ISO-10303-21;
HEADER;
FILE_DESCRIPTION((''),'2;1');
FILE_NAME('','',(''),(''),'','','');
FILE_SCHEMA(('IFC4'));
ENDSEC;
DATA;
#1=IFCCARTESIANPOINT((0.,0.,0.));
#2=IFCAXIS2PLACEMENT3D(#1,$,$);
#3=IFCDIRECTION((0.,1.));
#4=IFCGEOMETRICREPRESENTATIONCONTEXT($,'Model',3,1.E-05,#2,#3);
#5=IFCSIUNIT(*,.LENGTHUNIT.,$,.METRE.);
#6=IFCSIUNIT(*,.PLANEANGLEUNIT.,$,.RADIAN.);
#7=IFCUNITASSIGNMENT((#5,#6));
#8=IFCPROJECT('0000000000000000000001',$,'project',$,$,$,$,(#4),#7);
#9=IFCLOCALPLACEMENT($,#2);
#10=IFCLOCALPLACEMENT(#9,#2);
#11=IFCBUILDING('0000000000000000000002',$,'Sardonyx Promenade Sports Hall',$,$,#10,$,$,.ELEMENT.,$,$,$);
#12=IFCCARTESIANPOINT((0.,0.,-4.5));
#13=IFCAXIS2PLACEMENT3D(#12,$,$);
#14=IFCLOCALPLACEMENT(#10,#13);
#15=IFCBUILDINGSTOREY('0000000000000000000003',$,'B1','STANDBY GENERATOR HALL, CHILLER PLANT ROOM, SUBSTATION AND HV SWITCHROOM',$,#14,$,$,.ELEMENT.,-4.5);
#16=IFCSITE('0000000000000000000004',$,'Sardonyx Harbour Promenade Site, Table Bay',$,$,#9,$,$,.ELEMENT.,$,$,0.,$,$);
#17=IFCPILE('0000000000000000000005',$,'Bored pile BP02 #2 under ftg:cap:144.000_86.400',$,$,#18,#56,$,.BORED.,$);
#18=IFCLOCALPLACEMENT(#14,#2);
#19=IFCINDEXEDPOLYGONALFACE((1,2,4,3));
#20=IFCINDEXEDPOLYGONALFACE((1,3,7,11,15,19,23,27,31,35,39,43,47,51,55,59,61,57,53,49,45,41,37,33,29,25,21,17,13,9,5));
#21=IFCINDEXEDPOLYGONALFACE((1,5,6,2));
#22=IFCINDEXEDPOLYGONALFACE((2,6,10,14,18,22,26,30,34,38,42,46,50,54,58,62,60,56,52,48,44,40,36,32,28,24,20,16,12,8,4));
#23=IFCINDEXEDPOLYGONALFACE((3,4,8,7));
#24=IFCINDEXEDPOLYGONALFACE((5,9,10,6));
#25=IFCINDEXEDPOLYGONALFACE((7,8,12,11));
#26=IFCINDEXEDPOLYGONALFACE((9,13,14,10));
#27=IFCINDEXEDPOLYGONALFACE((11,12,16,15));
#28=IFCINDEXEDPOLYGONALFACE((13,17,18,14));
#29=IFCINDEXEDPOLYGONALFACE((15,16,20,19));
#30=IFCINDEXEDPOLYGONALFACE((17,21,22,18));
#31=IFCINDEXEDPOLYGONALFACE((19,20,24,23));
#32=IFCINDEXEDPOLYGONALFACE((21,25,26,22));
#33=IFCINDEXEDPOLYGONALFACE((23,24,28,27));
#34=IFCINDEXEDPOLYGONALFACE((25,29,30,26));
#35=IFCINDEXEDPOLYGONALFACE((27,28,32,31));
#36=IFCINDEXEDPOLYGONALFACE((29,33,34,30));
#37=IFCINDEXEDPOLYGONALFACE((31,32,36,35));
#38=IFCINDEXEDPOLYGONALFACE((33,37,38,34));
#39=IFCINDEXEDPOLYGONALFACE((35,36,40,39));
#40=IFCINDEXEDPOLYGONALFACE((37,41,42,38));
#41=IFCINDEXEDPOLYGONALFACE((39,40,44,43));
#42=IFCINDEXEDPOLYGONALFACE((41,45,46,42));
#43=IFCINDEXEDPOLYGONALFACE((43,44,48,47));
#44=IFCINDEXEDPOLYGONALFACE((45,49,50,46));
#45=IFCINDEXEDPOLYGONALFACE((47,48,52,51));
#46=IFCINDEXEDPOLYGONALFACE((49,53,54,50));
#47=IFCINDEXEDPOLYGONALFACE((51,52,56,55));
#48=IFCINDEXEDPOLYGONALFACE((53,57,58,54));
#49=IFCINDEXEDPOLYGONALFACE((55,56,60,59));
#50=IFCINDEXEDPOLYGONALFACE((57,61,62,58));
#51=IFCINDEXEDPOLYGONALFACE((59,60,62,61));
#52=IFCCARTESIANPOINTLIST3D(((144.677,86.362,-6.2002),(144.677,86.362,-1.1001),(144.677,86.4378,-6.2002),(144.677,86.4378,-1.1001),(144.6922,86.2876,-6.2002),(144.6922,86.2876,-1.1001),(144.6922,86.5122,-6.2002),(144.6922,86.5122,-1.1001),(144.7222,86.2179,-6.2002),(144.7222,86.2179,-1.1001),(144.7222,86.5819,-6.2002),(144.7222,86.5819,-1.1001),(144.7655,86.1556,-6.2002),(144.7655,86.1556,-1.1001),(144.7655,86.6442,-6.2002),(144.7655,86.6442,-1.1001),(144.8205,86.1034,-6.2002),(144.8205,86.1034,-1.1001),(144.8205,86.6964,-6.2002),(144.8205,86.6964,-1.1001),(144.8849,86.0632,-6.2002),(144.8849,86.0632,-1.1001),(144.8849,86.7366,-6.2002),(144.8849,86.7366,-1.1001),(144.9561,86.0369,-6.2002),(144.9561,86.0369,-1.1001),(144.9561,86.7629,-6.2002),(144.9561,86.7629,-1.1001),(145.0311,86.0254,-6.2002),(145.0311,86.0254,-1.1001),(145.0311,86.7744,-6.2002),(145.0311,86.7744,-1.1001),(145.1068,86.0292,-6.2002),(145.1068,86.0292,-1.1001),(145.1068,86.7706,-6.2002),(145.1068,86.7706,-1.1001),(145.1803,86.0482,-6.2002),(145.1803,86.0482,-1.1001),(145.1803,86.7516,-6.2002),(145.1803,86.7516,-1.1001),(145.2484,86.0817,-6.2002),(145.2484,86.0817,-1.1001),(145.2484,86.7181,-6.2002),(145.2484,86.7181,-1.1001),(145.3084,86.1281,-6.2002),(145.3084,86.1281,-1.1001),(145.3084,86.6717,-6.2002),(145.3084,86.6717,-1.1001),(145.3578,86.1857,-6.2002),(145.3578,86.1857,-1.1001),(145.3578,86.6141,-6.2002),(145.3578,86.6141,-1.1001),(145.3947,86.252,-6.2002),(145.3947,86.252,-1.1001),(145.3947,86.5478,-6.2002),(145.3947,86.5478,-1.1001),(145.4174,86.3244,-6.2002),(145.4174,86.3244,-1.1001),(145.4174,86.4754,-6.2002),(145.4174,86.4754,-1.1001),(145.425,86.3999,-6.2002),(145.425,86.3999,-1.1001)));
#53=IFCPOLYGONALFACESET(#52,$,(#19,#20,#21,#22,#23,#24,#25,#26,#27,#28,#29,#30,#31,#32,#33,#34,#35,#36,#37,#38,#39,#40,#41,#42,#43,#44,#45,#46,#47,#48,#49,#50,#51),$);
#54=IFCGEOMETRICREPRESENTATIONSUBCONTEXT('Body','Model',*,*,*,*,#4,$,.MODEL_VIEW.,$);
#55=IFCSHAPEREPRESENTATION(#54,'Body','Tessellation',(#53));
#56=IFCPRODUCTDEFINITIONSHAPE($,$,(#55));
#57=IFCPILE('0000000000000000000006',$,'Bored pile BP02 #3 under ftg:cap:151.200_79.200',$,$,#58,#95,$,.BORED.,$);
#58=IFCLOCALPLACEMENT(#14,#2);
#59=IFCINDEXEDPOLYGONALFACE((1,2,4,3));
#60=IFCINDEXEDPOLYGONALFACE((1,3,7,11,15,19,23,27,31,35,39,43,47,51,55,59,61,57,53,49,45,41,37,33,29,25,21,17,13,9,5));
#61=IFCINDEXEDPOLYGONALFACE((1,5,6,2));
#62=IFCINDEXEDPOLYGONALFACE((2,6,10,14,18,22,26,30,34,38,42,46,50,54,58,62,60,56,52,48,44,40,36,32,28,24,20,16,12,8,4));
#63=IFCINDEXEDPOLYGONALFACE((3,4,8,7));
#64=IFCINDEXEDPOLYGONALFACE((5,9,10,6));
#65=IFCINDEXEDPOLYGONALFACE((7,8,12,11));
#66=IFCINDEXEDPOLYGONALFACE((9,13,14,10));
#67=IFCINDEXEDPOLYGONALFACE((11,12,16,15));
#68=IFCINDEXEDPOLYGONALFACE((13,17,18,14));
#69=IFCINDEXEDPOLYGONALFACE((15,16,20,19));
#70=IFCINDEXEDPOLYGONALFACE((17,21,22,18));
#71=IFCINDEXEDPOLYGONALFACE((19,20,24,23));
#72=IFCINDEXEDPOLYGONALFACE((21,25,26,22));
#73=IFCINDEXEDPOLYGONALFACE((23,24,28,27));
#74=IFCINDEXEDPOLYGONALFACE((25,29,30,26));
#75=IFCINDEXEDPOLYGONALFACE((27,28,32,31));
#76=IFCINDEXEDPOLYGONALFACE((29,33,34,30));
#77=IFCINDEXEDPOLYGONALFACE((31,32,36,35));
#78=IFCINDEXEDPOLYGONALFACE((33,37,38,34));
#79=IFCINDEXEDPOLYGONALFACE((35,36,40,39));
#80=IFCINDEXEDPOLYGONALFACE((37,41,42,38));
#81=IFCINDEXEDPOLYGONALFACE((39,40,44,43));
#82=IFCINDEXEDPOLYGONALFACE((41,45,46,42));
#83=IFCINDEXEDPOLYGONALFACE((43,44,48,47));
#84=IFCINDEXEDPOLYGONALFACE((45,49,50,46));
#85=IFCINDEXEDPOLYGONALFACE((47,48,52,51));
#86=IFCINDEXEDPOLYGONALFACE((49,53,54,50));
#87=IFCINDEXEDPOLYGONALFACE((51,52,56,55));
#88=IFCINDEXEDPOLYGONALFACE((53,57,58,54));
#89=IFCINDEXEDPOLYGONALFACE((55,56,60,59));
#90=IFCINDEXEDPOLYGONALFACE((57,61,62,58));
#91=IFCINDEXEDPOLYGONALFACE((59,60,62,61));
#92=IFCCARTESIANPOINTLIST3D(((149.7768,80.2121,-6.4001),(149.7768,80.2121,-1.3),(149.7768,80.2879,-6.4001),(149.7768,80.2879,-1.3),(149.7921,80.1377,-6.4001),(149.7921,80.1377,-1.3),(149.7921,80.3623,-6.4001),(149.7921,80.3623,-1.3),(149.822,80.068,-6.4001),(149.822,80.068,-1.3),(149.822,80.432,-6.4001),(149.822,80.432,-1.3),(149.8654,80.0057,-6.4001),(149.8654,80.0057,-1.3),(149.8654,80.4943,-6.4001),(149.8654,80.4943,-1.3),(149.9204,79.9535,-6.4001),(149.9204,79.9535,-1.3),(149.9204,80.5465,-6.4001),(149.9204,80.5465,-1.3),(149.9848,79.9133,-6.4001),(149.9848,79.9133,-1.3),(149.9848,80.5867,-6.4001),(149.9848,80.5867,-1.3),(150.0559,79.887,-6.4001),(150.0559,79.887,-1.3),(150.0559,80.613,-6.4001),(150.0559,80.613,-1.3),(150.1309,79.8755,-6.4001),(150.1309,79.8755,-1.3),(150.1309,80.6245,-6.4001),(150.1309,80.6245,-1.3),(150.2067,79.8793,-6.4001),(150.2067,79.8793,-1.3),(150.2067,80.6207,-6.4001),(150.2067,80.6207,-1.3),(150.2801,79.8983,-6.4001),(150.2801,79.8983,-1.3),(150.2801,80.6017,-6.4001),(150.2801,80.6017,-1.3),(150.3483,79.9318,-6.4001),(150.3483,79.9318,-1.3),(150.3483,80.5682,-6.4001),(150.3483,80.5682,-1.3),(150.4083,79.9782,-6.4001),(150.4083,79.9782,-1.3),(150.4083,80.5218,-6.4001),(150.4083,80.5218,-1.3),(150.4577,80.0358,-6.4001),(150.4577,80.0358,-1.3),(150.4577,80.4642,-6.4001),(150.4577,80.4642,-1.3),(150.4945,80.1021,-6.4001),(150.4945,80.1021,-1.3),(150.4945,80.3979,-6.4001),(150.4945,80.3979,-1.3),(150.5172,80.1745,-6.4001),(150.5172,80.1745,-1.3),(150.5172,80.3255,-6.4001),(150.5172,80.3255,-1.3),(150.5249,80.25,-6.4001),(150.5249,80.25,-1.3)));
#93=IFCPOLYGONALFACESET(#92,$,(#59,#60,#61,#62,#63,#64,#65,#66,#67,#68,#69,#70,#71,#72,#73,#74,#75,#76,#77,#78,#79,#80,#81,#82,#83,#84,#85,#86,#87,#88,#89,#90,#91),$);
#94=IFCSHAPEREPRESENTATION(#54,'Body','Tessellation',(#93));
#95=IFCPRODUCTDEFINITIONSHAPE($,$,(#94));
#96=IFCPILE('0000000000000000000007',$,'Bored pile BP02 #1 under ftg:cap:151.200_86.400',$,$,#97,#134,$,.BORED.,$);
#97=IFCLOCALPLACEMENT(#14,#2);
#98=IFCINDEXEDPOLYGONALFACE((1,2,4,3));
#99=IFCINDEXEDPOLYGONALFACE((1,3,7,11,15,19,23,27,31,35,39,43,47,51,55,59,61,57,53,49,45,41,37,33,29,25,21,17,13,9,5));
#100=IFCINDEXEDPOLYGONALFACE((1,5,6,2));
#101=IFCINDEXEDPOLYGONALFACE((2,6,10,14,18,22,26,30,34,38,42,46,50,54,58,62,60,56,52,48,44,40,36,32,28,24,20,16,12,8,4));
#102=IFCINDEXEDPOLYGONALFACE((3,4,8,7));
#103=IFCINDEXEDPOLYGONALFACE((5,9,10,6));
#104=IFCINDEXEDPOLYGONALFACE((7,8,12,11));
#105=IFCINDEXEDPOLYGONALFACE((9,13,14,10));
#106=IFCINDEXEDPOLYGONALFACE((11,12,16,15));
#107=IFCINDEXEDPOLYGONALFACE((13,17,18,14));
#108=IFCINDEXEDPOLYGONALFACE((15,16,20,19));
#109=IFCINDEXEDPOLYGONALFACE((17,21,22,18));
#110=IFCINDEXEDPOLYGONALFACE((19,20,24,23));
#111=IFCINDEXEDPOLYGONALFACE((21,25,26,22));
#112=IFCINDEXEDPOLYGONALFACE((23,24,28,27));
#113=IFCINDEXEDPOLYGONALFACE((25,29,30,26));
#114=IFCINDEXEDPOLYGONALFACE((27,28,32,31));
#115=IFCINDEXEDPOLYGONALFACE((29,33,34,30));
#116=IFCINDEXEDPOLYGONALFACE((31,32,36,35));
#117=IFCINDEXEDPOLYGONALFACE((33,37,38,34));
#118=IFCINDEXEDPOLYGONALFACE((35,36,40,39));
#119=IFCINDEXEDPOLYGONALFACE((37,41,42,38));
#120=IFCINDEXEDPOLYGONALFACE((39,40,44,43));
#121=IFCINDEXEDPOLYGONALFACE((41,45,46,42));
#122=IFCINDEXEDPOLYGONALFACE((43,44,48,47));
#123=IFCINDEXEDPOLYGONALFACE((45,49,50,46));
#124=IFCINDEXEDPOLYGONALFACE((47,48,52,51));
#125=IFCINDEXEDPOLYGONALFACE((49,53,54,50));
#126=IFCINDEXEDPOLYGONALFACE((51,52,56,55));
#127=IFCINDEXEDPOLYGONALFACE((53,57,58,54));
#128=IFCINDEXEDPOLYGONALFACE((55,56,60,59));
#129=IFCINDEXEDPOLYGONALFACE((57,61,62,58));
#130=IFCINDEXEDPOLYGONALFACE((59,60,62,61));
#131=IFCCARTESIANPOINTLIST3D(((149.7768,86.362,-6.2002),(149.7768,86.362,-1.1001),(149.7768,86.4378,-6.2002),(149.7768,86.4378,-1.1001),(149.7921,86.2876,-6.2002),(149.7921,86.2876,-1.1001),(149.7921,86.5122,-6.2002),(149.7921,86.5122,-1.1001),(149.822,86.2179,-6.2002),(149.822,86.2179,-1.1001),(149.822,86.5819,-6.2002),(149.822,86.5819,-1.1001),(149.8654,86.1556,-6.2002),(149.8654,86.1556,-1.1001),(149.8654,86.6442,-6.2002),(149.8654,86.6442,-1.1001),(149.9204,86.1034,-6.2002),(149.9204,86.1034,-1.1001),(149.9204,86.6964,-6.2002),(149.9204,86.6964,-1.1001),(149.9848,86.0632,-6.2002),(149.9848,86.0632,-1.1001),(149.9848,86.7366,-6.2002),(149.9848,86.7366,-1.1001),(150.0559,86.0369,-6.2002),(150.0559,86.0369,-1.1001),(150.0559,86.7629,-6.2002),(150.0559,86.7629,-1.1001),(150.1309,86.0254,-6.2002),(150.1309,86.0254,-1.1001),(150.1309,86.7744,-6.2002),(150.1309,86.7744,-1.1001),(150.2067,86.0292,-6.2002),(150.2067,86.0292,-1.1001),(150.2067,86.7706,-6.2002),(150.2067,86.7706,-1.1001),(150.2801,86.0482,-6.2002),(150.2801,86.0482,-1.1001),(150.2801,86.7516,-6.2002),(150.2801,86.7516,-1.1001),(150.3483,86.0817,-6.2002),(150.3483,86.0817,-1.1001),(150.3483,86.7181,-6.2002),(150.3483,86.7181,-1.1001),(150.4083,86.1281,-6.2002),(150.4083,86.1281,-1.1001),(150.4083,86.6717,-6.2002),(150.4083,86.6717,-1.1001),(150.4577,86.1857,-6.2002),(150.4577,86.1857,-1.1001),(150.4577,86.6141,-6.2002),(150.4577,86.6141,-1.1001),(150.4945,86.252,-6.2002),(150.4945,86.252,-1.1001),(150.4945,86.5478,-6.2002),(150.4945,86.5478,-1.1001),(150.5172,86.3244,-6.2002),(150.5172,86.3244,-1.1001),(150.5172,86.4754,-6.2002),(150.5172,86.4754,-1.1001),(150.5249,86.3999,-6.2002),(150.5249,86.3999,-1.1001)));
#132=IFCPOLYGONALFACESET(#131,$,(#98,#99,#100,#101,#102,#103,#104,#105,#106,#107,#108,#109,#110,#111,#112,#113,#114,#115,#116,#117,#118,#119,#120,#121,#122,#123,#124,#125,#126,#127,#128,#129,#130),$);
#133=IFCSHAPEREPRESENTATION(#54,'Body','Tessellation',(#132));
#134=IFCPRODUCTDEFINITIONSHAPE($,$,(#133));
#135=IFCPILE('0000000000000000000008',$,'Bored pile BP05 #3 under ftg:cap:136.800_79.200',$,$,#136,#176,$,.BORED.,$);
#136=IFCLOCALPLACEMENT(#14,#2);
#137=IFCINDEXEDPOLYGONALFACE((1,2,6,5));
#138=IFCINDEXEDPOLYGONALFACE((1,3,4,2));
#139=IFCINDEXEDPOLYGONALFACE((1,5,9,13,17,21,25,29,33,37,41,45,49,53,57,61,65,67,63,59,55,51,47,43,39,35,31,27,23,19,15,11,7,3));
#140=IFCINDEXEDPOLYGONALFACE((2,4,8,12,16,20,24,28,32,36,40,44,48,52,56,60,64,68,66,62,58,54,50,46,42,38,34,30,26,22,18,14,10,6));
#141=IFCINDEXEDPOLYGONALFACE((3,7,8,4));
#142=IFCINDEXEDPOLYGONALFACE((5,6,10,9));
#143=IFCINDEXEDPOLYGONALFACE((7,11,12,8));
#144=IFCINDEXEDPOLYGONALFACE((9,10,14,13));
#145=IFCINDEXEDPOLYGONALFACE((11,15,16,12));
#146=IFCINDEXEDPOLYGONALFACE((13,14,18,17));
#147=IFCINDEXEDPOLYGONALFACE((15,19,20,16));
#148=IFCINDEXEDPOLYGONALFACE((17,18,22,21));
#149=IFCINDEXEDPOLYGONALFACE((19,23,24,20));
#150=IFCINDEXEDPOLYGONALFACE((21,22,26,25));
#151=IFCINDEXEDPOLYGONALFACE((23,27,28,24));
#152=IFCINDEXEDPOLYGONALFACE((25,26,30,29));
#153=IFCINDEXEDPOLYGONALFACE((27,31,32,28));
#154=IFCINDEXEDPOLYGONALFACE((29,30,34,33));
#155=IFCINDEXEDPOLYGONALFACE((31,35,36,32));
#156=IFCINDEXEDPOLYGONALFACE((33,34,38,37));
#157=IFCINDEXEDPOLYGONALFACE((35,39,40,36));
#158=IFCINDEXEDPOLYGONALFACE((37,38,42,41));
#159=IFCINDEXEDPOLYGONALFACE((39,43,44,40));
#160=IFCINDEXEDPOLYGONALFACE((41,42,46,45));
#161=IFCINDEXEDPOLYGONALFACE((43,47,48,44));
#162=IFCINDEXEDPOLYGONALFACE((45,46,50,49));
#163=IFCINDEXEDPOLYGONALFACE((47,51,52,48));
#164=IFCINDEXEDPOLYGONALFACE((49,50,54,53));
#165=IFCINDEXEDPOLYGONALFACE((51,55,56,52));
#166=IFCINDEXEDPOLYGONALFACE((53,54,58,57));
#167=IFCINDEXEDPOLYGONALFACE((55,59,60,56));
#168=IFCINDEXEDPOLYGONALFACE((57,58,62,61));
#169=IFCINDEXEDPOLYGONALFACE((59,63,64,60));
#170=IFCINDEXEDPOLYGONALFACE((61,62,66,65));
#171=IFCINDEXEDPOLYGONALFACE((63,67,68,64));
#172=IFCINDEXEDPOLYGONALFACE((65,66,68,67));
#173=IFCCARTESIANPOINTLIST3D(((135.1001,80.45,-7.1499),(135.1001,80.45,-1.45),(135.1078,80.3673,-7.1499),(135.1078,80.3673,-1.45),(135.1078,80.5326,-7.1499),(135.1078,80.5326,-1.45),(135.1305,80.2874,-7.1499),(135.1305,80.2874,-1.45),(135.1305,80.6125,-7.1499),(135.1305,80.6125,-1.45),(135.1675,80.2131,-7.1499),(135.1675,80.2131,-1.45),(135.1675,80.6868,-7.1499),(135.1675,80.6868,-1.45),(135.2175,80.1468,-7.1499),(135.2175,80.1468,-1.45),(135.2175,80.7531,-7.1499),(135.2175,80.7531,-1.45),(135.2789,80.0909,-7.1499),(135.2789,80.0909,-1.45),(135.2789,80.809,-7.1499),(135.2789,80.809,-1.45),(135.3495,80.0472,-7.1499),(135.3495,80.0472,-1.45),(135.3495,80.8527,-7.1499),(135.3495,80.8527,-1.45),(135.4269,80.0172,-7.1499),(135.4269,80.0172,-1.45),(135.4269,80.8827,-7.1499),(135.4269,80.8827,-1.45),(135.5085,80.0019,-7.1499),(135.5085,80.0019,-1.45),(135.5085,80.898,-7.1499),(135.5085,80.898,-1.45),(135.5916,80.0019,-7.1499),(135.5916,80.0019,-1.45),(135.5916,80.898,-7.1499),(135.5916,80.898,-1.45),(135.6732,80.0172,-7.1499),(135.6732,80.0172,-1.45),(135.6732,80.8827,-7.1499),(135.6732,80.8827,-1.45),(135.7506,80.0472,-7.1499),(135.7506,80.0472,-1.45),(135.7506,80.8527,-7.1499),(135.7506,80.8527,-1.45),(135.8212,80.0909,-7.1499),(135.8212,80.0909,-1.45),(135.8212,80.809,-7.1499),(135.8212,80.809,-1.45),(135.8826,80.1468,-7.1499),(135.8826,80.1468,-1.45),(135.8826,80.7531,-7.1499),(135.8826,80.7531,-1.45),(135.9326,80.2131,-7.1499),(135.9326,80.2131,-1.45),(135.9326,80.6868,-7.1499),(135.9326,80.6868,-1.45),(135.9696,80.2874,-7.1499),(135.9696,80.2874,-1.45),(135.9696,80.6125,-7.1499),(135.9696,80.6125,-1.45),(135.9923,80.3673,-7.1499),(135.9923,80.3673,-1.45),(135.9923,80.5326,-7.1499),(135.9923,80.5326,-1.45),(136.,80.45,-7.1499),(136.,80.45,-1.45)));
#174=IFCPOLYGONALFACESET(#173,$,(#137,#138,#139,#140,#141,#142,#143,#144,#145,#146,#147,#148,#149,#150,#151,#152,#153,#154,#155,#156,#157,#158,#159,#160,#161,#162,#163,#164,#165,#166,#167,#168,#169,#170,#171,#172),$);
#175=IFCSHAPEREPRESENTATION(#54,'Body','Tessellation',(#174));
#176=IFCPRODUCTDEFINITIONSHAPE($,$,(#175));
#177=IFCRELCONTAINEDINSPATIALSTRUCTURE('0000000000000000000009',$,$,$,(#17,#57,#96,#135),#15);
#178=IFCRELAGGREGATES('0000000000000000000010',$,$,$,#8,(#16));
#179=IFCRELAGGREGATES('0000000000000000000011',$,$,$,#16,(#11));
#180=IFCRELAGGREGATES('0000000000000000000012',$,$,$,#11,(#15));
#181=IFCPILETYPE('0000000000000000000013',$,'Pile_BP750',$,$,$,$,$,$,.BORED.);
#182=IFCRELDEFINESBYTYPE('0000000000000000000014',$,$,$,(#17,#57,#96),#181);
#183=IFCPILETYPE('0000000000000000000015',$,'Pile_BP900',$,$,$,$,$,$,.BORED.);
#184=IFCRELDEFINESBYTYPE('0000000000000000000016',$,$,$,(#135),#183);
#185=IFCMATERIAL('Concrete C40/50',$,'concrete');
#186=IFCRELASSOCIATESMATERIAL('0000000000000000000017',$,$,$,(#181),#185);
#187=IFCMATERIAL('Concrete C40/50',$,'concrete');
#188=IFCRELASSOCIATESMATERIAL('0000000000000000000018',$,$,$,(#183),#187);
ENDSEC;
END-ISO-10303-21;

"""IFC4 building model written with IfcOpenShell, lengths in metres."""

from ifc_helpers import new_model, si_unit, direction, frame, origin, origin_2d, place, context, subcontext, project, spatial, circle, extrude, material, material_profile, profile_set, type_object, element, save


model = new_model("IFC4")

# Units and contexts
model_context = context("Model", 3, precision=1e-05, world=origin(), true_north=direction((0.0, 1.0)))
body_context = subcontext(model_context, "Body", "Model", "MODEL_VIEW")
ifc_project = project(units=[si_unit("LENGTHUNIT", "METRE"), si_unit("PLANEANGLEUNIT", "RADIAN")], contexts=[model_context])

# Site, building, storey
site_placement = place(None, origin())
site = spatial("IfcSite", under=ifc_project, at=site_placement, Name="Sardonyx Harbour Promenade Site, Table Bay", CompositionType="ELEMENT", RefElevation=0.0)
building_placement = place(site_placement, origin())
building = spatial("IfcBuilding", under=site, at=building_placement, Name="Sardonyx Promenade Sports Hall", CompositionType="ELEMENT")
storey_placement = place(building_placement, frame((0.0, 0.0, -4.5)))
storey = spatial("IfcBuildingStorey", under=building, at=storey_placement, Name="B1", Description="STANDBY GENERATOR HALL, CHILLER PLANT ROOM, SUBSTATION AND HV SWITCHROOM", CompositionType="ELEMENT", Elevation=-4.5)

# Piles
ifc_material_1 = material(Name="Concrete C40/50", Category="concrete")
ifc_material_profile_1 = material_profile(ifc_material_1, circle(Radius=0.375, at=origin_2d()))
ifc_profile_set_1 = profile_set([ifc_material_profile_1], Name="Concrete C40/50")
pile_type_1 = type_object("IfcPileType", Name="Pile_BP750", PredefinedType="BORED", material=ifc_profile_set_1)
for number, where, z_axis, x_axis, name in (
    (1, (145.05, 86.3999, -1.1001), (0.0, 0.0, -1.0), (1.0, 0.0, 0.0), "Bored pile BP02 #2 under ftg:cap:144.000_86.400"),
    (2, (150.1499, 80.25, -1.3), (0.0, 0.0, -1.0), (1.0, 0.0, 0.0), "Bored pile BP02 #3 under ftg:cap:151.200_79.200"),
    (3, (150.1499, 86.3999, -1.1001), (0.0, 0.0, -1.0), (1.0, 0.0, 0.0), "Bored pile BP02 #1 under ftg:cap:151.200_86.400"),
):
    element("IfcPile", number, at=place(storey_placement, frame(where, z_axis=z_axis, x_axis=x_axis)), inside=storey, type_object=pile_type_1, Name=name, PredefinedType="BORED", context=body_context, shape_type="SweptSolid", body=[
        extrude(circle(Radius=0.375, at=origin_2d()), origin(), (0.0, 0.0, 1.0), 5.1001),
    ])
ifc_material_2 = material(Name="Concrete C40/50", Category="concrete")
ifc_material_profile_2 = material_profile(ifc_material_2, circle(Radius=0.45, at=origin_2d()))
ifc_profile_set_2 = profile_set([ifc_material_profile_2], Name="Concrete C40/50")
pile_type_2 = type_object("IfcPileType", Name="Pile_BP900", PredefinedType="BORED", material=ifc_profile_set_2)
for number, where, z_axis, x_axis, name in (
    (4, (135.55, 80.45, -1.45), (0.0, 0.0, -1.0), (1.0, 0.0, 0.0), "Bored pile BP05 #3 under ftg:cap:136.800_79.200"),
):
    element("IfcPile", number, at=place(storey_placement, frame(where, z_axis=z_axis, x_axis=x_axis)), inside=storey, type_object=pile_type_2, Name=name, PredefinedType="BORED", context=body_context, shape_type="SweptSolid", body=[
        extrude(circle(Radius=0.45, at=origin_2d()), origin(), (0.0, 0.0, 1.0), 5.7),
    ])

save(model, "model.ifc")
